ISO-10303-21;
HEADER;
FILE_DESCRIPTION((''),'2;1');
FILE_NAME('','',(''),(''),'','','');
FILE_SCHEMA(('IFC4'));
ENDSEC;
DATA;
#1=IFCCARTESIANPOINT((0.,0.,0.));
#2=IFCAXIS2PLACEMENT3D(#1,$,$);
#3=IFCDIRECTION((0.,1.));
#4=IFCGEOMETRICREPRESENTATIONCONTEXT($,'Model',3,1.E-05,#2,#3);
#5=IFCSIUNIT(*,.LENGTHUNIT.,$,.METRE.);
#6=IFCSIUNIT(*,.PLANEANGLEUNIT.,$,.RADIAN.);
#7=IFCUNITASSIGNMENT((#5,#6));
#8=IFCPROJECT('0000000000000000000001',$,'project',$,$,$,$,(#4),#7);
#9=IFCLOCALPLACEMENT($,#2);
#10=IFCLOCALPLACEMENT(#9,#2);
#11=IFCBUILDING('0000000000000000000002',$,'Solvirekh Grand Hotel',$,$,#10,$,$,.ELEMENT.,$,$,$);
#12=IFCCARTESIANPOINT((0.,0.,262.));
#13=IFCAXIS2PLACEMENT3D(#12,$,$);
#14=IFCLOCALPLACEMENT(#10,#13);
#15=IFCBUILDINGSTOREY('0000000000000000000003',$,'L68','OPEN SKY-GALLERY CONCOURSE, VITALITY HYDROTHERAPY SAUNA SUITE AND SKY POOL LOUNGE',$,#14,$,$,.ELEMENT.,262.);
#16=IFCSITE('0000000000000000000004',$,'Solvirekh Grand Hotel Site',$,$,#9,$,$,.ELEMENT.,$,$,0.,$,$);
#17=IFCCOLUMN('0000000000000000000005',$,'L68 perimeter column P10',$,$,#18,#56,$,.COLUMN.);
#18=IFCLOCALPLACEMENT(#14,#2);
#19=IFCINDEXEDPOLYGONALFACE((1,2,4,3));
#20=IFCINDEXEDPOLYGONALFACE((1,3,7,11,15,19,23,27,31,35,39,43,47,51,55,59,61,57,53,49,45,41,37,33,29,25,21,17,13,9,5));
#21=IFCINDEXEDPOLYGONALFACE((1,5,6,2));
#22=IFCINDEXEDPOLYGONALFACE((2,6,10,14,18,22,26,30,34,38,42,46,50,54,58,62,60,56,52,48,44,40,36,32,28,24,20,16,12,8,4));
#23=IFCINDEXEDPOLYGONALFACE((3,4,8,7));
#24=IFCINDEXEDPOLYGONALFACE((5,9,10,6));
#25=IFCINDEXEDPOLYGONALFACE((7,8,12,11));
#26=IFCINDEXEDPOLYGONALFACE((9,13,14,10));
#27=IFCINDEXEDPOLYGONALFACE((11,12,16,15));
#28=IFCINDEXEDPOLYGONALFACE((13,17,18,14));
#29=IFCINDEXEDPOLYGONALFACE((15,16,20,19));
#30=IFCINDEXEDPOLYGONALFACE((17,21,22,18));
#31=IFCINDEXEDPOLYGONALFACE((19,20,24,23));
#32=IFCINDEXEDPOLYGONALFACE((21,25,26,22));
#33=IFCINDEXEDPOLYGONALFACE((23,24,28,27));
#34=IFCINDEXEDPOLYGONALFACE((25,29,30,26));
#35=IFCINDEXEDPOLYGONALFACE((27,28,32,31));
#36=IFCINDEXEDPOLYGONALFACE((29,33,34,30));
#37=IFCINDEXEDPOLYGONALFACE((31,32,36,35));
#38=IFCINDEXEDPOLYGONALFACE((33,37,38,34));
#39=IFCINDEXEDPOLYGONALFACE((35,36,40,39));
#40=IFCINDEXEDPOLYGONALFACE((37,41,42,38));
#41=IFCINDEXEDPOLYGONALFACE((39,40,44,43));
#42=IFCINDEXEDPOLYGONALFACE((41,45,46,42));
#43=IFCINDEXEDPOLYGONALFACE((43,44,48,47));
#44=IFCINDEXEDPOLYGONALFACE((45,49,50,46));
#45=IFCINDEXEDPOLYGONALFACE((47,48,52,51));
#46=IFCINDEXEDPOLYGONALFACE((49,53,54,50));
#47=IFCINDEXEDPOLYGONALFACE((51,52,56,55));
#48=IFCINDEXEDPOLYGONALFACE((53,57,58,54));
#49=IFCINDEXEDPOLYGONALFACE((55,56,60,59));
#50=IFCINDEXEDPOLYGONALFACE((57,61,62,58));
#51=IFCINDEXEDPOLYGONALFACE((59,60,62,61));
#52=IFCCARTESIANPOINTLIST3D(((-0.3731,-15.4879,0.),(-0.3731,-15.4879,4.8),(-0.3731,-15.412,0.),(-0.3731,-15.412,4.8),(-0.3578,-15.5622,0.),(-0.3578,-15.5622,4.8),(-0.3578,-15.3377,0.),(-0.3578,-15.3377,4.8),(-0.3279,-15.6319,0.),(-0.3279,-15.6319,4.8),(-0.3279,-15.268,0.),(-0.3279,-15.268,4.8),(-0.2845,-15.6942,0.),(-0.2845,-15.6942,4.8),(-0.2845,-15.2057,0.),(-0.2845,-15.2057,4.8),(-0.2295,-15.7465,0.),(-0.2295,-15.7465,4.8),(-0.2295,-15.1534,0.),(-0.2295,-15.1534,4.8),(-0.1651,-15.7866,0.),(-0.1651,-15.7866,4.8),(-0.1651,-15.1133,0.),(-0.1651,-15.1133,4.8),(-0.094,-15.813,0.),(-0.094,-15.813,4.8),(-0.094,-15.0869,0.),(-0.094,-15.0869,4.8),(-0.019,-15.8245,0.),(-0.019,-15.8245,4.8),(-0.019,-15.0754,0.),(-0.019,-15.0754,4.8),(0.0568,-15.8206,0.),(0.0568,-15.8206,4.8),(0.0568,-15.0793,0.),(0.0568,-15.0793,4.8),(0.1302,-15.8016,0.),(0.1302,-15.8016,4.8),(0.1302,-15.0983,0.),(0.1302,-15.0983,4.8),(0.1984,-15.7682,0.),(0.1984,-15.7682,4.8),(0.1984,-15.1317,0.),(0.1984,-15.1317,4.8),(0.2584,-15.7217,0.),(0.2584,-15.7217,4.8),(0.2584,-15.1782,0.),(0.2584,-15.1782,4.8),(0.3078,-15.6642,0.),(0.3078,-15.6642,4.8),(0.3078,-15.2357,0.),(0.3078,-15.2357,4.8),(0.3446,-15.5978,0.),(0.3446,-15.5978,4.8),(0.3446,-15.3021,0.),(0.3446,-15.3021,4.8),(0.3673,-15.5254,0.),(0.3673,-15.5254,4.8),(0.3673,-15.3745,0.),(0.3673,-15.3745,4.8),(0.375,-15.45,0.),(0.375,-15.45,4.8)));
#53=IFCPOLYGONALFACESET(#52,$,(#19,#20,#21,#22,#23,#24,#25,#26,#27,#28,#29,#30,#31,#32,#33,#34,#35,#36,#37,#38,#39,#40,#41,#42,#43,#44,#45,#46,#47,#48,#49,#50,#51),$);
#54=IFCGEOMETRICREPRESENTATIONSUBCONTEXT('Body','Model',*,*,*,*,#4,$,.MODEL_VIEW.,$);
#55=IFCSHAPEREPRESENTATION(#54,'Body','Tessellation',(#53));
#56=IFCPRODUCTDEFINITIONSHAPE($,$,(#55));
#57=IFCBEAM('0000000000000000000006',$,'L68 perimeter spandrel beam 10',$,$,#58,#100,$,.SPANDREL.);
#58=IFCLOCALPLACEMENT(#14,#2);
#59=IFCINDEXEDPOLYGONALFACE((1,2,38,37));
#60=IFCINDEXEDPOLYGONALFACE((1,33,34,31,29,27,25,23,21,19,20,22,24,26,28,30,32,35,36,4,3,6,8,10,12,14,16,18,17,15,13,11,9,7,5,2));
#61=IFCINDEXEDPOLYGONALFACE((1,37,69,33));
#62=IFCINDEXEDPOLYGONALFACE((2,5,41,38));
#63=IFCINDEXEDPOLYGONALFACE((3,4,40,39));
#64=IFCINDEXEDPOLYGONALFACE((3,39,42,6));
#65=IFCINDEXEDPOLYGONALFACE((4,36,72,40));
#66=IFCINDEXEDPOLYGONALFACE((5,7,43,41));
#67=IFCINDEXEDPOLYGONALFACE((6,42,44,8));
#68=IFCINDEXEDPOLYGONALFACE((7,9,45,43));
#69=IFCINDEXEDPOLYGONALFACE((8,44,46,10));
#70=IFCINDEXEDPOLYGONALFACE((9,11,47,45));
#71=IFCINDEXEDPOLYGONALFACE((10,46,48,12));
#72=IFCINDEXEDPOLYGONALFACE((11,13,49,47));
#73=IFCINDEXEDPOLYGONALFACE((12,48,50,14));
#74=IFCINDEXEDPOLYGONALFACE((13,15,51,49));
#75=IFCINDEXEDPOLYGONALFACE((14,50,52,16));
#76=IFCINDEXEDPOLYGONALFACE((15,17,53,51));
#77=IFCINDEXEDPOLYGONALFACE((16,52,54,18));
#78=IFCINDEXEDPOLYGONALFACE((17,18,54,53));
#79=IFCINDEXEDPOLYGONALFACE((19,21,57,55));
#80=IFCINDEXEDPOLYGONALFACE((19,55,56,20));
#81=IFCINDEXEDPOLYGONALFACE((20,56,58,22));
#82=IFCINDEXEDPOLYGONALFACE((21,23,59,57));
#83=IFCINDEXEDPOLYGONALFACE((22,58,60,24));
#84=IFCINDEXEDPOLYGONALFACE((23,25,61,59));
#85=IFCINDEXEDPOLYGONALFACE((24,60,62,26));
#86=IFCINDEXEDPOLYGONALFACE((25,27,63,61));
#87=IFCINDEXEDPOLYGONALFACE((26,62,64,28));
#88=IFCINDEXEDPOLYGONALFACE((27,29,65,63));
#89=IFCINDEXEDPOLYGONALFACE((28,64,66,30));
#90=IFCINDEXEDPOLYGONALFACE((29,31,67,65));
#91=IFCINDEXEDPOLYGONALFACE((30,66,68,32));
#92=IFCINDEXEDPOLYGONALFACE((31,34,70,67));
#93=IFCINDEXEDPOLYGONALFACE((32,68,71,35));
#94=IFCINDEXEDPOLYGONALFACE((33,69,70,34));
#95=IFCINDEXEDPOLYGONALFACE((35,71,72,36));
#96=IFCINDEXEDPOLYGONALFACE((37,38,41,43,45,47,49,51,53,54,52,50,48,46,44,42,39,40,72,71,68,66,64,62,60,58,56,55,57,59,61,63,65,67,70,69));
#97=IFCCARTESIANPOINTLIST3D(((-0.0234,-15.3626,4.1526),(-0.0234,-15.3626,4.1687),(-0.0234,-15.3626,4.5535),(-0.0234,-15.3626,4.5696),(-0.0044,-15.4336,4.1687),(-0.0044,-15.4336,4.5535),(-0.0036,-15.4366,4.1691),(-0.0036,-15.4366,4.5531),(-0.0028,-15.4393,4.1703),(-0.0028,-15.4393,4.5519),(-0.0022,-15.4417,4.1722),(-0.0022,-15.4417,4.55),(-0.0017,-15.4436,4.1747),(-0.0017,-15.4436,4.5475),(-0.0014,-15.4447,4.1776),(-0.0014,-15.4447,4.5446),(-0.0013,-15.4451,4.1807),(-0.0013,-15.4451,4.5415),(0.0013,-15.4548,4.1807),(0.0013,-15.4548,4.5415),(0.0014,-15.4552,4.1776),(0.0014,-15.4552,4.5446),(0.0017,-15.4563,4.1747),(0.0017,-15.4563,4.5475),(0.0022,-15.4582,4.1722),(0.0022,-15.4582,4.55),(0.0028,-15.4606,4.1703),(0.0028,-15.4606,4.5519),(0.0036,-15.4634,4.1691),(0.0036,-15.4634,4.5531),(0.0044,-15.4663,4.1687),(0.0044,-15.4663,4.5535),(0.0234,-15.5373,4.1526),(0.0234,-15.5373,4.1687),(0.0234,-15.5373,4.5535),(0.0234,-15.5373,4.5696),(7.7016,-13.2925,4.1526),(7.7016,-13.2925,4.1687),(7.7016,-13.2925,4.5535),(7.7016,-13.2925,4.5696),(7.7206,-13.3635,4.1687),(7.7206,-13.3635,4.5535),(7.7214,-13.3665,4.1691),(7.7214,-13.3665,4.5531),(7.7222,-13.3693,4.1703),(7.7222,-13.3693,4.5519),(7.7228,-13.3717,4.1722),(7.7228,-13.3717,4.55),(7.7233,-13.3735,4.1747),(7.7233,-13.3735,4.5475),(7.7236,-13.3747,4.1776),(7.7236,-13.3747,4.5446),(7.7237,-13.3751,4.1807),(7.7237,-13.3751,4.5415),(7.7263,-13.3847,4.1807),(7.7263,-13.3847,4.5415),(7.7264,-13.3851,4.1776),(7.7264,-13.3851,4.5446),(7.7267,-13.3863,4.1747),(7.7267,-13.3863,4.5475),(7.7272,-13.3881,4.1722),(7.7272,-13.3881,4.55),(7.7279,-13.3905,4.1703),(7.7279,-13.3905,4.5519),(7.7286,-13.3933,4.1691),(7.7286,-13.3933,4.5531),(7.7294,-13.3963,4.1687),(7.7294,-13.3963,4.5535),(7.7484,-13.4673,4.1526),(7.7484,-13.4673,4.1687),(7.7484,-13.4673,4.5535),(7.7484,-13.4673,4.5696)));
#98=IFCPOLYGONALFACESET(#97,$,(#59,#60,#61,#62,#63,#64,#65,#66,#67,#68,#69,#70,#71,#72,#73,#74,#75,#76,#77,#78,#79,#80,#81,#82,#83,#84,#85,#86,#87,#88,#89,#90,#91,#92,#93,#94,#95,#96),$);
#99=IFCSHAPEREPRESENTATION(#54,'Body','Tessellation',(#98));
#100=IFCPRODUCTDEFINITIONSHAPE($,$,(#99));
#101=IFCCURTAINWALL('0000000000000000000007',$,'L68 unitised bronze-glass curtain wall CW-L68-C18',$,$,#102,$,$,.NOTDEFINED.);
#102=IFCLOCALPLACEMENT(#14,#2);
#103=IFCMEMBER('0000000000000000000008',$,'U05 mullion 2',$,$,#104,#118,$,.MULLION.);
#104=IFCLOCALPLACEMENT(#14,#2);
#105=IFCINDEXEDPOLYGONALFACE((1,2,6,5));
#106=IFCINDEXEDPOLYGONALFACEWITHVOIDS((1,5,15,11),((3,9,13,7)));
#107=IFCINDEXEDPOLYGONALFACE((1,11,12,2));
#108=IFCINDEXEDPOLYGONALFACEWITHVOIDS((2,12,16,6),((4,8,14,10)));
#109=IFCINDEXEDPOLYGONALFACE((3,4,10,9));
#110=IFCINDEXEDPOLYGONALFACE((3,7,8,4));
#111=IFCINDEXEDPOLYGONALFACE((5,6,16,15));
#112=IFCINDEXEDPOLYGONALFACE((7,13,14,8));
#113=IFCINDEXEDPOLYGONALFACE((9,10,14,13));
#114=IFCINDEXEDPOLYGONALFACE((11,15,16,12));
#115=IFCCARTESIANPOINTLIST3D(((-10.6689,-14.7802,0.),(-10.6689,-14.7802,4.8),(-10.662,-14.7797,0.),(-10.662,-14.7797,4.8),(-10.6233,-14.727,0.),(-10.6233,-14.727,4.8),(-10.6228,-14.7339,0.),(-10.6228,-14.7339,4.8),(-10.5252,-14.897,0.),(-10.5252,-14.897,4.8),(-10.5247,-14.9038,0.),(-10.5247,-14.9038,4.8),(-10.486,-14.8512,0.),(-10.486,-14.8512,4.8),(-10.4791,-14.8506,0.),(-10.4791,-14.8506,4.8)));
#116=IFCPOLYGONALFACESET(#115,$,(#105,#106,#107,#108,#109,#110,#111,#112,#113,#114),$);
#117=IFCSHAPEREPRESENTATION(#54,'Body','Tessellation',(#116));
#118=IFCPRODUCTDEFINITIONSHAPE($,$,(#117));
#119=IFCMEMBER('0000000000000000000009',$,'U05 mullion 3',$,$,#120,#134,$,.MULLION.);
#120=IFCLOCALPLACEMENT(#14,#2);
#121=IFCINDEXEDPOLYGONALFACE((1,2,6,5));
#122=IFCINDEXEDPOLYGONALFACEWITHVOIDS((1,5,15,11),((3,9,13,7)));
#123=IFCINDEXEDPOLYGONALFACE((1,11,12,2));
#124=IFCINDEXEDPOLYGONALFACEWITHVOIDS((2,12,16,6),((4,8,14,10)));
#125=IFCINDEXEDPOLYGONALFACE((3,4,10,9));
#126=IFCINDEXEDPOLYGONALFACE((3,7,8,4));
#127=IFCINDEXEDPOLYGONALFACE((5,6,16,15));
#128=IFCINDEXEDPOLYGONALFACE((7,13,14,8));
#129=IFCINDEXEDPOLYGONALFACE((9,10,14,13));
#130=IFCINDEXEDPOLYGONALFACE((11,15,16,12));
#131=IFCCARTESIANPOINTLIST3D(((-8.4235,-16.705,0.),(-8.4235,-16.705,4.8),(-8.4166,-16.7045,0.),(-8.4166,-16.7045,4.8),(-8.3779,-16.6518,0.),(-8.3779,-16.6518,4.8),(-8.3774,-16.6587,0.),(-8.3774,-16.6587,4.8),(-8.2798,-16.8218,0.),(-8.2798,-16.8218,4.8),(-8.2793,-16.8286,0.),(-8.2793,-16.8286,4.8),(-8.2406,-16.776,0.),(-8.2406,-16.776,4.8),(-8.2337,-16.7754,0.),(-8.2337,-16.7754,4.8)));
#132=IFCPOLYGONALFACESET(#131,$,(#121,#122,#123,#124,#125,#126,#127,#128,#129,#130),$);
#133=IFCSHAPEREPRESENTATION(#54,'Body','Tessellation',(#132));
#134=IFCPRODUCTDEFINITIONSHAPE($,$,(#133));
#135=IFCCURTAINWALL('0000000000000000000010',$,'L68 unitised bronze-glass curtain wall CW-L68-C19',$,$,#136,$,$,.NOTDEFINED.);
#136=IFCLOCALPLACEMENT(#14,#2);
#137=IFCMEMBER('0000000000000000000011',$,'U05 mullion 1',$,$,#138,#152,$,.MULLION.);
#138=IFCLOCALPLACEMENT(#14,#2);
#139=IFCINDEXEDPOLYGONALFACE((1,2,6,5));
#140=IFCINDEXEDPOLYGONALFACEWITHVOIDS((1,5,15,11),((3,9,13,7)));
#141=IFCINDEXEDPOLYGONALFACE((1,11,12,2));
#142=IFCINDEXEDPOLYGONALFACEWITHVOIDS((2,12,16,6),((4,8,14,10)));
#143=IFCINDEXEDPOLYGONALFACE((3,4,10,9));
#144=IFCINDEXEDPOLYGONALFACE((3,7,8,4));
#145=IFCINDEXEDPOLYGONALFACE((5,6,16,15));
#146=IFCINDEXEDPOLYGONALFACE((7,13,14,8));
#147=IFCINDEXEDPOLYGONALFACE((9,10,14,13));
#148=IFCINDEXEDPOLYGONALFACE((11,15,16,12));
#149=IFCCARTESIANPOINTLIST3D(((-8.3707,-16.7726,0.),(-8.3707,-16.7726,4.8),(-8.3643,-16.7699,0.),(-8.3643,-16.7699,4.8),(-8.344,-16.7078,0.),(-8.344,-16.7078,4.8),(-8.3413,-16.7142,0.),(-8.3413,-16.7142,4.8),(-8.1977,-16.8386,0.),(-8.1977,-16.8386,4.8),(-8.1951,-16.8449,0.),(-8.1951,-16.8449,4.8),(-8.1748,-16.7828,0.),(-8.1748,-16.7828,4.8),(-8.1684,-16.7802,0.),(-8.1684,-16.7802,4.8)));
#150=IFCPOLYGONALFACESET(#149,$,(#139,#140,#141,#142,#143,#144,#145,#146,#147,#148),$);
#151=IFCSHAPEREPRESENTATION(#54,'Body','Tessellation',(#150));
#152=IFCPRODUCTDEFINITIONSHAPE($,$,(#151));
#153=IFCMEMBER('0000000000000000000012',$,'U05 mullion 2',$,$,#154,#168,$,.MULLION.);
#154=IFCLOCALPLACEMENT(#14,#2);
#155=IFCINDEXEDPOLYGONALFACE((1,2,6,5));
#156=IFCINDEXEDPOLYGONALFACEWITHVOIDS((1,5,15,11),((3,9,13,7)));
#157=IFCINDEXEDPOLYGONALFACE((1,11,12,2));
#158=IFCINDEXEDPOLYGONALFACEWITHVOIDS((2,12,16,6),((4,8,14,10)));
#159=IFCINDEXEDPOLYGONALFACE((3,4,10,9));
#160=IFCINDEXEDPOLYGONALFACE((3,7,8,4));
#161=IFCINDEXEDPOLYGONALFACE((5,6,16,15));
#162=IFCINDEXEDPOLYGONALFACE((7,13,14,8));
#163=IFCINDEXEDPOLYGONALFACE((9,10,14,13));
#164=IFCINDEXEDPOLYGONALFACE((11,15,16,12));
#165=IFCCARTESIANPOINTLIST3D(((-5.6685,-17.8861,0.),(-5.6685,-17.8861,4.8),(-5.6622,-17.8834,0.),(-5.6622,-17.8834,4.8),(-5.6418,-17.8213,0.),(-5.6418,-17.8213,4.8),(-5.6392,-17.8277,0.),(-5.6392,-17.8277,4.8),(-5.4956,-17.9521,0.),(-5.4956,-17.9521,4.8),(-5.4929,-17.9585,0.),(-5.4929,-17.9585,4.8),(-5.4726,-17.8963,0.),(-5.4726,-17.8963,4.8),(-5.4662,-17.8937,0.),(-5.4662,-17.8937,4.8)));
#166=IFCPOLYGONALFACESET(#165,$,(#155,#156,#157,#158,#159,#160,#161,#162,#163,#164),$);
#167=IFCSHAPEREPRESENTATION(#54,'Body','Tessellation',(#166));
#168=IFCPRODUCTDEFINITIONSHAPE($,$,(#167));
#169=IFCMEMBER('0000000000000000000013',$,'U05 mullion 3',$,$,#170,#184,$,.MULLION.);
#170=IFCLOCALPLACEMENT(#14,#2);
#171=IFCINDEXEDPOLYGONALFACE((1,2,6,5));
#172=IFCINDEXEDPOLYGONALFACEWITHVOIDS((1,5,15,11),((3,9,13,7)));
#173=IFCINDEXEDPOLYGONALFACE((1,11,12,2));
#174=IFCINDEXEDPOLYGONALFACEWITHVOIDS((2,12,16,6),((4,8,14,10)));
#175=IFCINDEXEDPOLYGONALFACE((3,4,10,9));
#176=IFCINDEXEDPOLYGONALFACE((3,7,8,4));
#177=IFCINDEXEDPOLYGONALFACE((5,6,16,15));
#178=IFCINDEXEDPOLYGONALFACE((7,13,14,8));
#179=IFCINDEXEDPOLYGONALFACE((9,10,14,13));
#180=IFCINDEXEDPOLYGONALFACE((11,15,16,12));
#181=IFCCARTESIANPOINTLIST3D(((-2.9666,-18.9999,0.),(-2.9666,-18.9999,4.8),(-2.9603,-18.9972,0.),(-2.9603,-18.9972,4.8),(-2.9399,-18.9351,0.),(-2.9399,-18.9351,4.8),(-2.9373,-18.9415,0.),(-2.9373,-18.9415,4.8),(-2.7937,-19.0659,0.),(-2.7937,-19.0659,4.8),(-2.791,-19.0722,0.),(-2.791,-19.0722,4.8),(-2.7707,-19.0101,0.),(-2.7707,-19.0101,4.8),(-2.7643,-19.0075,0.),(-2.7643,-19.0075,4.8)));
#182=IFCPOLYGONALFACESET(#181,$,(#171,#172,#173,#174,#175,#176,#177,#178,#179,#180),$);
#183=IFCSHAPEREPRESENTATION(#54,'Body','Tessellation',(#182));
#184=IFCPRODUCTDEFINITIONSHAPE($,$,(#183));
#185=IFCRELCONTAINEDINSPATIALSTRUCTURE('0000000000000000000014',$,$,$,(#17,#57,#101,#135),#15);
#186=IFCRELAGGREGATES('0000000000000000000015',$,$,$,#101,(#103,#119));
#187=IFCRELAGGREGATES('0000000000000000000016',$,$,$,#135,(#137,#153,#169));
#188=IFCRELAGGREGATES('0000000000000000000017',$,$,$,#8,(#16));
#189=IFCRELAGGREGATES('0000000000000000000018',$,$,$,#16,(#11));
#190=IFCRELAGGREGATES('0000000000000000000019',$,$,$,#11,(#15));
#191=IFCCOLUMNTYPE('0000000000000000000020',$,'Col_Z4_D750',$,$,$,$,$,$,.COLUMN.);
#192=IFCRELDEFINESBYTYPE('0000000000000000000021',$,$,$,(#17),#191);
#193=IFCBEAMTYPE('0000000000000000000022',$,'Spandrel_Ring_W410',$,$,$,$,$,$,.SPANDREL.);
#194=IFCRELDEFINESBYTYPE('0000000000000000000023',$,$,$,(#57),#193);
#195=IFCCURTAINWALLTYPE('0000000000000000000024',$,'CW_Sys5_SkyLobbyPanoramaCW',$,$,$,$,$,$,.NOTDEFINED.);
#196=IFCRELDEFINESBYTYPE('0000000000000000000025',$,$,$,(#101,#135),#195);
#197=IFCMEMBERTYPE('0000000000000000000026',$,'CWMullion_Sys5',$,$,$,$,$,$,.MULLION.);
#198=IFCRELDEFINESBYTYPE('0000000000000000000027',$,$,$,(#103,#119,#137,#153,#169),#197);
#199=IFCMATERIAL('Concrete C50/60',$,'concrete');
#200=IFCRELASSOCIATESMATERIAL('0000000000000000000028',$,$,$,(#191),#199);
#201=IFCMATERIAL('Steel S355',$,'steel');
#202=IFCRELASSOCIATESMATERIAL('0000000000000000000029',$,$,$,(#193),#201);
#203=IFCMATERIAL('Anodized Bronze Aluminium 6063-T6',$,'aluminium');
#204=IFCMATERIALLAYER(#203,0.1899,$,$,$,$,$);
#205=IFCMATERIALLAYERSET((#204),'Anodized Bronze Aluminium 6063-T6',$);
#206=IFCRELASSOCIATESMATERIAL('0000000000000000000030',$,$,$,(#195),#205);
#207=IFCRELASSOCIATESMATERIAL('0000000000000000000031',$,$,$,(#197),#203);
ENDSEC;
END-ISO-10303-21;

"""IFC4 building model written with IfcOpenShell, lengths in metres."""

from ifc_helpers import new_model, si_unit, direction, frame, origin, origin_2d, place, context, subcontext, project, spatial, hollow_rectangle, circle, i_section, extrude, source, transform, mapped, material, layer, layer_set, material_profile, profile_set, type_object, element, aggregate, save


model = new_model("IFC4")

# Units and contexts
model_context = context("Model", 3, precision=1e-05, world=origin(), true_north=direction((0.0, 1.0)))
body_context = subcontext(model_context, "Body", "Model", "MODEL_VIEW")
ifc_project = project(units=[si_unit("LENGTHUNIT", "METRE"), si_unit("PLANEANGLEUNIT", "RADIAN")], contexts=[model_context])

# Site, building, storey
site_placement = place(None, origin())
site = spatial("IfcSite", under=ifc_project, at=site_placement, Name="Solvirekh Grand Hotel Site", CompositionType="ELEMENT", RefElevation=0.0)
building_placement = place(site_placement, origin())
building = spatial("IfcBuilding", under=site, at=building_placement, Name="Solvirekh Grand Hotel", CompositionType="ELEMENT")
storey_placement = place(building_placement, frame((0.0, 0.0, 262.0)))
storey = spatial("IfcBuildingStorey", under=building, at=storey_placement, Name="L68", Description="OPEN SKY-GALLERY CONCOURSE, VITALITY HYDROTHERAPY SAUNA SUITE AND SKY POOL LOUNGE", CompositionType="ELEMENT", Elevation=262.0)

# Column
ifc_material_1 = material(Name="Concrete C50/60", Category="concrete")
ifc_material_profile_1 = material_profile(ifc_material_1, circle(Radius=0.375, at=origin_2d()), Name="RC CIRC D750")
ifc_profile_set_1 = profile_set([ifc_material_profile_1], Name="Concrete C50/60")
column_type = type_object("IfcColumnType", Name="Col_Z4_D750", PredefinedType="COLUMN", material=ifc_profile_set_1)
column_placement = place(storey_placement, frame((0.0, -15.45, 0.0), z_axis=(0.0, 0.0, 1.0), x_axis=(1.0, 0.0, 0.0)))
element("IfcColumn", 1, at=column_placement, inside=storey, type_object=column_type, Name="L68 perimeter column P10", PredefinedType="COLUMN", context=body_context, shape_type="SweptSolid", body=[
    extrude(circle(Radius=0.375, at=origin_2d()), origin(), (0.0, 0.0, 1.0), 4.8),
])

# Beam
ifc_material_2 = material(Name="Steel S355", Category="steel")
ifc_material_profile_2 = material_profile(ifc_material_2, i_section(OverallWidth=0.1809, OverallDepth=0.417, WebThickness=0.01, FlangeThickness=0.0161, FilletRadius=0.012, at=origin_2d()), Name="W410X85")
ifc_profile_set_2 = profile_set([ifc_material_profile_2], Name="Steel S355")
beam_type = type_object("IfcBeamType", Name="Spandrel_Ring_W410", PredefinedType="SPANDREL", material=ifc_profile_set_2)
beam_placement = place(storey_placement, frame((0.0, -15.45, 4.3611), z_axis=(0.965922, 0.258835, 0.0), x_axis=(-0.258835, 0.965922, 0.0)))
element("IfcBeam", 2, at=beam_placement, inside=storey, type_object=beam_type, Name="L68 perimeter spandrel beam 10", PredefinedType="SPANDREL", context=body_context, shape_type="SweptSolid", body=[
    extrude(i_section(OverallWidth=0.1809, OverallDepth=0.417, WebThickness=0.01, FlangeThickness=0.0161, FilletRadius=0.012, at=origin_2d()), origin(), (0.0, 0.0, 1.0), 7.9976),
])

# Curtain walls, members
ifc_material_3 = material(Name="Anodized Bronze Aluminium 6063-T6", Category="aluminium")
ifc_layer_1 = layer(ifc_material_3, 0.1899)
ifc_layer_set_1 = layer_set([ifc_layer_1], Name="Anodized Bronze Aluminium 6063-T6")
curtain_wall_type = type_object("IfcCurtainWallType", Name="CW_Sys5_SkyLobbyPanoramaCW", PredefinedType="NOTDEFINED", material=ifc_layer_set_1)
curtain_wall_1_placement = place(storey_placement, origin())
curtain_wall_1 = element("IfcCurtainWall", 3, at=curtain_wall_1_placement, inside=storey, type_object=curtain_wall_type, Name="L68 unitised bronze-glass curtain wall CW-L68-C18", PredefinedType="NOTDEFINED")
ifc_material_profile_3 = material_profile(ifc_material_3, hollow_rectangle(XDim=0.0701, YDim=0.1899, WallThickness=0.0049, at=origin_2d()), Name="ALU RHS 190X70X5")
ifc_profile_set_3 = profile_set([ifc_material_profile_3], Name="Anodized Bronze Aluminium 6063-T6")
member_type_1 = type_object("IfcMemberType", Name="CWMullion_Sys5", PredefinedType="MULLION", material=ifc_profile_set_3)
shared_shape_1 = source(origin(), body_context, "Body", "SweptSolid", [
    extrude(hollow_rectangle(XDim=0.0701, YDim=0.1899, WallThickness=0.0049, at=origin_2d()), origin(), (0.0, 0.0, 1.0), 4.8),
])
member_1_placement = place(storey_placement, frame((-10.574, -14.8154, 0.0), z_axis=(0.0, 0.0, 1.0), x_axis=(0.650805, 0.759245, 0.0)))
member_1 = element("IfcMember", 4, at=member_1_placement, type_object=member_type_1, Name="U05 mullion 2", PredefinedType="MULLION", context=body_context, shape_type="MappedRepresentation", body=[
    mapped(shared_shape_1, transform((0.0, 0.0, 0.0), x_axis=(1.0, 0.0, 0.0), y_axis=(0.0, 1.0, 0.0), z_axis=(0.0, 0.0, 1.0), scale=1.0)),
])
member_2_placement = place(storey_placement, frame((-8.3286, -16.7402, 0.0), z_axis=(0.0, 0.0, 1.0), x_axis=(0.650805, 0.759245, 0.0)))
member_2 = element("IfcMember", 5, at=member_2_placement, type_object=member_type_1, Name="U05 mullion 3", PredefinedType="MULLION", context=body_context, shape_type="MappedRepresentation", body=[
    mapped(shared_shape_1, transform((0.0, 0.0, 0.0), x_axis=(1.0, 0.0, 0.0), y_axis=(0.0, 1.0, 0.0), z_axis=(0.0, 0.0, 1.0), scale=1.0)),
])
curtain_wall_2_placement = place(storey_placement, origin())
curtain_wall_2 = element("IfcCurtainWall", 6, at=curtain_wall_2_placement, inside=storey, type_object=curtain_wall_type, Name="L68 unitised bronze-glass curtain wall CW-L68-C19", PredefinedType="NOTDEFINED")
member_3_placement = place(storey_placement, frame((-8.2695, -16.7764, 0.0), z_axis=(0.0, 0.0, 1.0), x_axis=(0.381047, 0.924556, 0.0)))
member_3 = element("IfcMember", 7, at=member_3_placement, type_object=member_type_1, Name="U05 mullion 1", PredefinedType="MULLION", context=body_context, shape_type="MappedRepresentation", body=[
    mapped(shared_shape_1, transform((0.0, 0.0, 0.0), x_axis=(1.0, 0.0, 0.0), y_axis=(0.0, 1.0, 0.0), z_axis=(0.0, 0.0, 1.0), scale=1.0)),
])
member_4_placement = place(storey_placement, frame((-5.5674, -17.8899, 0.0), z_axis=(0.0, 0.0, 1.0), x_axis=(0.381047, 0.924556, 0.0)))
member_4 = element("IfcMember", 8, at=member_4_placement, type_object=member_type_1, Name="U05 mullion 2", PredefinedType="MULLION", context=body_context, shape_type="MappedRepresentation", body=[
    mapped(shared_shape_1, transform((0.0, 0.0, 0.0), x_axis=(1.0, 0.0, 0.0), y_axis=(0.0, 1.0, 0.0), z_axis=(0.0, 0.0, 1.0), scale=1.0)),
])
member_5_placement = place(storey_placement, frame((-2.8655, -19.0037, 0.0), z_axis=(0.0, 0.0, 1.0), x_axis=(0.381047, 0.924556, 0.0)))
member_5 = element("IfcMember", 9, at=member_5_placement, type_object=member_type_1, Name="U05 mullion 3", PredefinedType="MULLION", context=body_context, shape_type="MappedRepresentation", body=[
    mapped(shared_shape_1, transform((0.0, 0.0, 0.0), x_axis=(1.0, 0.0, 0.0), y_axis=(0.0, 1.0, 0.0), z_axis=(0.0, 0.0, 1.0), scale=1.0)),
])

aggregate(curtain_wall_1, [member_1, member_2])
aggregate(curtain_wall_2, [member_3, member_4, member_5])

save(model, "model.ifc")
